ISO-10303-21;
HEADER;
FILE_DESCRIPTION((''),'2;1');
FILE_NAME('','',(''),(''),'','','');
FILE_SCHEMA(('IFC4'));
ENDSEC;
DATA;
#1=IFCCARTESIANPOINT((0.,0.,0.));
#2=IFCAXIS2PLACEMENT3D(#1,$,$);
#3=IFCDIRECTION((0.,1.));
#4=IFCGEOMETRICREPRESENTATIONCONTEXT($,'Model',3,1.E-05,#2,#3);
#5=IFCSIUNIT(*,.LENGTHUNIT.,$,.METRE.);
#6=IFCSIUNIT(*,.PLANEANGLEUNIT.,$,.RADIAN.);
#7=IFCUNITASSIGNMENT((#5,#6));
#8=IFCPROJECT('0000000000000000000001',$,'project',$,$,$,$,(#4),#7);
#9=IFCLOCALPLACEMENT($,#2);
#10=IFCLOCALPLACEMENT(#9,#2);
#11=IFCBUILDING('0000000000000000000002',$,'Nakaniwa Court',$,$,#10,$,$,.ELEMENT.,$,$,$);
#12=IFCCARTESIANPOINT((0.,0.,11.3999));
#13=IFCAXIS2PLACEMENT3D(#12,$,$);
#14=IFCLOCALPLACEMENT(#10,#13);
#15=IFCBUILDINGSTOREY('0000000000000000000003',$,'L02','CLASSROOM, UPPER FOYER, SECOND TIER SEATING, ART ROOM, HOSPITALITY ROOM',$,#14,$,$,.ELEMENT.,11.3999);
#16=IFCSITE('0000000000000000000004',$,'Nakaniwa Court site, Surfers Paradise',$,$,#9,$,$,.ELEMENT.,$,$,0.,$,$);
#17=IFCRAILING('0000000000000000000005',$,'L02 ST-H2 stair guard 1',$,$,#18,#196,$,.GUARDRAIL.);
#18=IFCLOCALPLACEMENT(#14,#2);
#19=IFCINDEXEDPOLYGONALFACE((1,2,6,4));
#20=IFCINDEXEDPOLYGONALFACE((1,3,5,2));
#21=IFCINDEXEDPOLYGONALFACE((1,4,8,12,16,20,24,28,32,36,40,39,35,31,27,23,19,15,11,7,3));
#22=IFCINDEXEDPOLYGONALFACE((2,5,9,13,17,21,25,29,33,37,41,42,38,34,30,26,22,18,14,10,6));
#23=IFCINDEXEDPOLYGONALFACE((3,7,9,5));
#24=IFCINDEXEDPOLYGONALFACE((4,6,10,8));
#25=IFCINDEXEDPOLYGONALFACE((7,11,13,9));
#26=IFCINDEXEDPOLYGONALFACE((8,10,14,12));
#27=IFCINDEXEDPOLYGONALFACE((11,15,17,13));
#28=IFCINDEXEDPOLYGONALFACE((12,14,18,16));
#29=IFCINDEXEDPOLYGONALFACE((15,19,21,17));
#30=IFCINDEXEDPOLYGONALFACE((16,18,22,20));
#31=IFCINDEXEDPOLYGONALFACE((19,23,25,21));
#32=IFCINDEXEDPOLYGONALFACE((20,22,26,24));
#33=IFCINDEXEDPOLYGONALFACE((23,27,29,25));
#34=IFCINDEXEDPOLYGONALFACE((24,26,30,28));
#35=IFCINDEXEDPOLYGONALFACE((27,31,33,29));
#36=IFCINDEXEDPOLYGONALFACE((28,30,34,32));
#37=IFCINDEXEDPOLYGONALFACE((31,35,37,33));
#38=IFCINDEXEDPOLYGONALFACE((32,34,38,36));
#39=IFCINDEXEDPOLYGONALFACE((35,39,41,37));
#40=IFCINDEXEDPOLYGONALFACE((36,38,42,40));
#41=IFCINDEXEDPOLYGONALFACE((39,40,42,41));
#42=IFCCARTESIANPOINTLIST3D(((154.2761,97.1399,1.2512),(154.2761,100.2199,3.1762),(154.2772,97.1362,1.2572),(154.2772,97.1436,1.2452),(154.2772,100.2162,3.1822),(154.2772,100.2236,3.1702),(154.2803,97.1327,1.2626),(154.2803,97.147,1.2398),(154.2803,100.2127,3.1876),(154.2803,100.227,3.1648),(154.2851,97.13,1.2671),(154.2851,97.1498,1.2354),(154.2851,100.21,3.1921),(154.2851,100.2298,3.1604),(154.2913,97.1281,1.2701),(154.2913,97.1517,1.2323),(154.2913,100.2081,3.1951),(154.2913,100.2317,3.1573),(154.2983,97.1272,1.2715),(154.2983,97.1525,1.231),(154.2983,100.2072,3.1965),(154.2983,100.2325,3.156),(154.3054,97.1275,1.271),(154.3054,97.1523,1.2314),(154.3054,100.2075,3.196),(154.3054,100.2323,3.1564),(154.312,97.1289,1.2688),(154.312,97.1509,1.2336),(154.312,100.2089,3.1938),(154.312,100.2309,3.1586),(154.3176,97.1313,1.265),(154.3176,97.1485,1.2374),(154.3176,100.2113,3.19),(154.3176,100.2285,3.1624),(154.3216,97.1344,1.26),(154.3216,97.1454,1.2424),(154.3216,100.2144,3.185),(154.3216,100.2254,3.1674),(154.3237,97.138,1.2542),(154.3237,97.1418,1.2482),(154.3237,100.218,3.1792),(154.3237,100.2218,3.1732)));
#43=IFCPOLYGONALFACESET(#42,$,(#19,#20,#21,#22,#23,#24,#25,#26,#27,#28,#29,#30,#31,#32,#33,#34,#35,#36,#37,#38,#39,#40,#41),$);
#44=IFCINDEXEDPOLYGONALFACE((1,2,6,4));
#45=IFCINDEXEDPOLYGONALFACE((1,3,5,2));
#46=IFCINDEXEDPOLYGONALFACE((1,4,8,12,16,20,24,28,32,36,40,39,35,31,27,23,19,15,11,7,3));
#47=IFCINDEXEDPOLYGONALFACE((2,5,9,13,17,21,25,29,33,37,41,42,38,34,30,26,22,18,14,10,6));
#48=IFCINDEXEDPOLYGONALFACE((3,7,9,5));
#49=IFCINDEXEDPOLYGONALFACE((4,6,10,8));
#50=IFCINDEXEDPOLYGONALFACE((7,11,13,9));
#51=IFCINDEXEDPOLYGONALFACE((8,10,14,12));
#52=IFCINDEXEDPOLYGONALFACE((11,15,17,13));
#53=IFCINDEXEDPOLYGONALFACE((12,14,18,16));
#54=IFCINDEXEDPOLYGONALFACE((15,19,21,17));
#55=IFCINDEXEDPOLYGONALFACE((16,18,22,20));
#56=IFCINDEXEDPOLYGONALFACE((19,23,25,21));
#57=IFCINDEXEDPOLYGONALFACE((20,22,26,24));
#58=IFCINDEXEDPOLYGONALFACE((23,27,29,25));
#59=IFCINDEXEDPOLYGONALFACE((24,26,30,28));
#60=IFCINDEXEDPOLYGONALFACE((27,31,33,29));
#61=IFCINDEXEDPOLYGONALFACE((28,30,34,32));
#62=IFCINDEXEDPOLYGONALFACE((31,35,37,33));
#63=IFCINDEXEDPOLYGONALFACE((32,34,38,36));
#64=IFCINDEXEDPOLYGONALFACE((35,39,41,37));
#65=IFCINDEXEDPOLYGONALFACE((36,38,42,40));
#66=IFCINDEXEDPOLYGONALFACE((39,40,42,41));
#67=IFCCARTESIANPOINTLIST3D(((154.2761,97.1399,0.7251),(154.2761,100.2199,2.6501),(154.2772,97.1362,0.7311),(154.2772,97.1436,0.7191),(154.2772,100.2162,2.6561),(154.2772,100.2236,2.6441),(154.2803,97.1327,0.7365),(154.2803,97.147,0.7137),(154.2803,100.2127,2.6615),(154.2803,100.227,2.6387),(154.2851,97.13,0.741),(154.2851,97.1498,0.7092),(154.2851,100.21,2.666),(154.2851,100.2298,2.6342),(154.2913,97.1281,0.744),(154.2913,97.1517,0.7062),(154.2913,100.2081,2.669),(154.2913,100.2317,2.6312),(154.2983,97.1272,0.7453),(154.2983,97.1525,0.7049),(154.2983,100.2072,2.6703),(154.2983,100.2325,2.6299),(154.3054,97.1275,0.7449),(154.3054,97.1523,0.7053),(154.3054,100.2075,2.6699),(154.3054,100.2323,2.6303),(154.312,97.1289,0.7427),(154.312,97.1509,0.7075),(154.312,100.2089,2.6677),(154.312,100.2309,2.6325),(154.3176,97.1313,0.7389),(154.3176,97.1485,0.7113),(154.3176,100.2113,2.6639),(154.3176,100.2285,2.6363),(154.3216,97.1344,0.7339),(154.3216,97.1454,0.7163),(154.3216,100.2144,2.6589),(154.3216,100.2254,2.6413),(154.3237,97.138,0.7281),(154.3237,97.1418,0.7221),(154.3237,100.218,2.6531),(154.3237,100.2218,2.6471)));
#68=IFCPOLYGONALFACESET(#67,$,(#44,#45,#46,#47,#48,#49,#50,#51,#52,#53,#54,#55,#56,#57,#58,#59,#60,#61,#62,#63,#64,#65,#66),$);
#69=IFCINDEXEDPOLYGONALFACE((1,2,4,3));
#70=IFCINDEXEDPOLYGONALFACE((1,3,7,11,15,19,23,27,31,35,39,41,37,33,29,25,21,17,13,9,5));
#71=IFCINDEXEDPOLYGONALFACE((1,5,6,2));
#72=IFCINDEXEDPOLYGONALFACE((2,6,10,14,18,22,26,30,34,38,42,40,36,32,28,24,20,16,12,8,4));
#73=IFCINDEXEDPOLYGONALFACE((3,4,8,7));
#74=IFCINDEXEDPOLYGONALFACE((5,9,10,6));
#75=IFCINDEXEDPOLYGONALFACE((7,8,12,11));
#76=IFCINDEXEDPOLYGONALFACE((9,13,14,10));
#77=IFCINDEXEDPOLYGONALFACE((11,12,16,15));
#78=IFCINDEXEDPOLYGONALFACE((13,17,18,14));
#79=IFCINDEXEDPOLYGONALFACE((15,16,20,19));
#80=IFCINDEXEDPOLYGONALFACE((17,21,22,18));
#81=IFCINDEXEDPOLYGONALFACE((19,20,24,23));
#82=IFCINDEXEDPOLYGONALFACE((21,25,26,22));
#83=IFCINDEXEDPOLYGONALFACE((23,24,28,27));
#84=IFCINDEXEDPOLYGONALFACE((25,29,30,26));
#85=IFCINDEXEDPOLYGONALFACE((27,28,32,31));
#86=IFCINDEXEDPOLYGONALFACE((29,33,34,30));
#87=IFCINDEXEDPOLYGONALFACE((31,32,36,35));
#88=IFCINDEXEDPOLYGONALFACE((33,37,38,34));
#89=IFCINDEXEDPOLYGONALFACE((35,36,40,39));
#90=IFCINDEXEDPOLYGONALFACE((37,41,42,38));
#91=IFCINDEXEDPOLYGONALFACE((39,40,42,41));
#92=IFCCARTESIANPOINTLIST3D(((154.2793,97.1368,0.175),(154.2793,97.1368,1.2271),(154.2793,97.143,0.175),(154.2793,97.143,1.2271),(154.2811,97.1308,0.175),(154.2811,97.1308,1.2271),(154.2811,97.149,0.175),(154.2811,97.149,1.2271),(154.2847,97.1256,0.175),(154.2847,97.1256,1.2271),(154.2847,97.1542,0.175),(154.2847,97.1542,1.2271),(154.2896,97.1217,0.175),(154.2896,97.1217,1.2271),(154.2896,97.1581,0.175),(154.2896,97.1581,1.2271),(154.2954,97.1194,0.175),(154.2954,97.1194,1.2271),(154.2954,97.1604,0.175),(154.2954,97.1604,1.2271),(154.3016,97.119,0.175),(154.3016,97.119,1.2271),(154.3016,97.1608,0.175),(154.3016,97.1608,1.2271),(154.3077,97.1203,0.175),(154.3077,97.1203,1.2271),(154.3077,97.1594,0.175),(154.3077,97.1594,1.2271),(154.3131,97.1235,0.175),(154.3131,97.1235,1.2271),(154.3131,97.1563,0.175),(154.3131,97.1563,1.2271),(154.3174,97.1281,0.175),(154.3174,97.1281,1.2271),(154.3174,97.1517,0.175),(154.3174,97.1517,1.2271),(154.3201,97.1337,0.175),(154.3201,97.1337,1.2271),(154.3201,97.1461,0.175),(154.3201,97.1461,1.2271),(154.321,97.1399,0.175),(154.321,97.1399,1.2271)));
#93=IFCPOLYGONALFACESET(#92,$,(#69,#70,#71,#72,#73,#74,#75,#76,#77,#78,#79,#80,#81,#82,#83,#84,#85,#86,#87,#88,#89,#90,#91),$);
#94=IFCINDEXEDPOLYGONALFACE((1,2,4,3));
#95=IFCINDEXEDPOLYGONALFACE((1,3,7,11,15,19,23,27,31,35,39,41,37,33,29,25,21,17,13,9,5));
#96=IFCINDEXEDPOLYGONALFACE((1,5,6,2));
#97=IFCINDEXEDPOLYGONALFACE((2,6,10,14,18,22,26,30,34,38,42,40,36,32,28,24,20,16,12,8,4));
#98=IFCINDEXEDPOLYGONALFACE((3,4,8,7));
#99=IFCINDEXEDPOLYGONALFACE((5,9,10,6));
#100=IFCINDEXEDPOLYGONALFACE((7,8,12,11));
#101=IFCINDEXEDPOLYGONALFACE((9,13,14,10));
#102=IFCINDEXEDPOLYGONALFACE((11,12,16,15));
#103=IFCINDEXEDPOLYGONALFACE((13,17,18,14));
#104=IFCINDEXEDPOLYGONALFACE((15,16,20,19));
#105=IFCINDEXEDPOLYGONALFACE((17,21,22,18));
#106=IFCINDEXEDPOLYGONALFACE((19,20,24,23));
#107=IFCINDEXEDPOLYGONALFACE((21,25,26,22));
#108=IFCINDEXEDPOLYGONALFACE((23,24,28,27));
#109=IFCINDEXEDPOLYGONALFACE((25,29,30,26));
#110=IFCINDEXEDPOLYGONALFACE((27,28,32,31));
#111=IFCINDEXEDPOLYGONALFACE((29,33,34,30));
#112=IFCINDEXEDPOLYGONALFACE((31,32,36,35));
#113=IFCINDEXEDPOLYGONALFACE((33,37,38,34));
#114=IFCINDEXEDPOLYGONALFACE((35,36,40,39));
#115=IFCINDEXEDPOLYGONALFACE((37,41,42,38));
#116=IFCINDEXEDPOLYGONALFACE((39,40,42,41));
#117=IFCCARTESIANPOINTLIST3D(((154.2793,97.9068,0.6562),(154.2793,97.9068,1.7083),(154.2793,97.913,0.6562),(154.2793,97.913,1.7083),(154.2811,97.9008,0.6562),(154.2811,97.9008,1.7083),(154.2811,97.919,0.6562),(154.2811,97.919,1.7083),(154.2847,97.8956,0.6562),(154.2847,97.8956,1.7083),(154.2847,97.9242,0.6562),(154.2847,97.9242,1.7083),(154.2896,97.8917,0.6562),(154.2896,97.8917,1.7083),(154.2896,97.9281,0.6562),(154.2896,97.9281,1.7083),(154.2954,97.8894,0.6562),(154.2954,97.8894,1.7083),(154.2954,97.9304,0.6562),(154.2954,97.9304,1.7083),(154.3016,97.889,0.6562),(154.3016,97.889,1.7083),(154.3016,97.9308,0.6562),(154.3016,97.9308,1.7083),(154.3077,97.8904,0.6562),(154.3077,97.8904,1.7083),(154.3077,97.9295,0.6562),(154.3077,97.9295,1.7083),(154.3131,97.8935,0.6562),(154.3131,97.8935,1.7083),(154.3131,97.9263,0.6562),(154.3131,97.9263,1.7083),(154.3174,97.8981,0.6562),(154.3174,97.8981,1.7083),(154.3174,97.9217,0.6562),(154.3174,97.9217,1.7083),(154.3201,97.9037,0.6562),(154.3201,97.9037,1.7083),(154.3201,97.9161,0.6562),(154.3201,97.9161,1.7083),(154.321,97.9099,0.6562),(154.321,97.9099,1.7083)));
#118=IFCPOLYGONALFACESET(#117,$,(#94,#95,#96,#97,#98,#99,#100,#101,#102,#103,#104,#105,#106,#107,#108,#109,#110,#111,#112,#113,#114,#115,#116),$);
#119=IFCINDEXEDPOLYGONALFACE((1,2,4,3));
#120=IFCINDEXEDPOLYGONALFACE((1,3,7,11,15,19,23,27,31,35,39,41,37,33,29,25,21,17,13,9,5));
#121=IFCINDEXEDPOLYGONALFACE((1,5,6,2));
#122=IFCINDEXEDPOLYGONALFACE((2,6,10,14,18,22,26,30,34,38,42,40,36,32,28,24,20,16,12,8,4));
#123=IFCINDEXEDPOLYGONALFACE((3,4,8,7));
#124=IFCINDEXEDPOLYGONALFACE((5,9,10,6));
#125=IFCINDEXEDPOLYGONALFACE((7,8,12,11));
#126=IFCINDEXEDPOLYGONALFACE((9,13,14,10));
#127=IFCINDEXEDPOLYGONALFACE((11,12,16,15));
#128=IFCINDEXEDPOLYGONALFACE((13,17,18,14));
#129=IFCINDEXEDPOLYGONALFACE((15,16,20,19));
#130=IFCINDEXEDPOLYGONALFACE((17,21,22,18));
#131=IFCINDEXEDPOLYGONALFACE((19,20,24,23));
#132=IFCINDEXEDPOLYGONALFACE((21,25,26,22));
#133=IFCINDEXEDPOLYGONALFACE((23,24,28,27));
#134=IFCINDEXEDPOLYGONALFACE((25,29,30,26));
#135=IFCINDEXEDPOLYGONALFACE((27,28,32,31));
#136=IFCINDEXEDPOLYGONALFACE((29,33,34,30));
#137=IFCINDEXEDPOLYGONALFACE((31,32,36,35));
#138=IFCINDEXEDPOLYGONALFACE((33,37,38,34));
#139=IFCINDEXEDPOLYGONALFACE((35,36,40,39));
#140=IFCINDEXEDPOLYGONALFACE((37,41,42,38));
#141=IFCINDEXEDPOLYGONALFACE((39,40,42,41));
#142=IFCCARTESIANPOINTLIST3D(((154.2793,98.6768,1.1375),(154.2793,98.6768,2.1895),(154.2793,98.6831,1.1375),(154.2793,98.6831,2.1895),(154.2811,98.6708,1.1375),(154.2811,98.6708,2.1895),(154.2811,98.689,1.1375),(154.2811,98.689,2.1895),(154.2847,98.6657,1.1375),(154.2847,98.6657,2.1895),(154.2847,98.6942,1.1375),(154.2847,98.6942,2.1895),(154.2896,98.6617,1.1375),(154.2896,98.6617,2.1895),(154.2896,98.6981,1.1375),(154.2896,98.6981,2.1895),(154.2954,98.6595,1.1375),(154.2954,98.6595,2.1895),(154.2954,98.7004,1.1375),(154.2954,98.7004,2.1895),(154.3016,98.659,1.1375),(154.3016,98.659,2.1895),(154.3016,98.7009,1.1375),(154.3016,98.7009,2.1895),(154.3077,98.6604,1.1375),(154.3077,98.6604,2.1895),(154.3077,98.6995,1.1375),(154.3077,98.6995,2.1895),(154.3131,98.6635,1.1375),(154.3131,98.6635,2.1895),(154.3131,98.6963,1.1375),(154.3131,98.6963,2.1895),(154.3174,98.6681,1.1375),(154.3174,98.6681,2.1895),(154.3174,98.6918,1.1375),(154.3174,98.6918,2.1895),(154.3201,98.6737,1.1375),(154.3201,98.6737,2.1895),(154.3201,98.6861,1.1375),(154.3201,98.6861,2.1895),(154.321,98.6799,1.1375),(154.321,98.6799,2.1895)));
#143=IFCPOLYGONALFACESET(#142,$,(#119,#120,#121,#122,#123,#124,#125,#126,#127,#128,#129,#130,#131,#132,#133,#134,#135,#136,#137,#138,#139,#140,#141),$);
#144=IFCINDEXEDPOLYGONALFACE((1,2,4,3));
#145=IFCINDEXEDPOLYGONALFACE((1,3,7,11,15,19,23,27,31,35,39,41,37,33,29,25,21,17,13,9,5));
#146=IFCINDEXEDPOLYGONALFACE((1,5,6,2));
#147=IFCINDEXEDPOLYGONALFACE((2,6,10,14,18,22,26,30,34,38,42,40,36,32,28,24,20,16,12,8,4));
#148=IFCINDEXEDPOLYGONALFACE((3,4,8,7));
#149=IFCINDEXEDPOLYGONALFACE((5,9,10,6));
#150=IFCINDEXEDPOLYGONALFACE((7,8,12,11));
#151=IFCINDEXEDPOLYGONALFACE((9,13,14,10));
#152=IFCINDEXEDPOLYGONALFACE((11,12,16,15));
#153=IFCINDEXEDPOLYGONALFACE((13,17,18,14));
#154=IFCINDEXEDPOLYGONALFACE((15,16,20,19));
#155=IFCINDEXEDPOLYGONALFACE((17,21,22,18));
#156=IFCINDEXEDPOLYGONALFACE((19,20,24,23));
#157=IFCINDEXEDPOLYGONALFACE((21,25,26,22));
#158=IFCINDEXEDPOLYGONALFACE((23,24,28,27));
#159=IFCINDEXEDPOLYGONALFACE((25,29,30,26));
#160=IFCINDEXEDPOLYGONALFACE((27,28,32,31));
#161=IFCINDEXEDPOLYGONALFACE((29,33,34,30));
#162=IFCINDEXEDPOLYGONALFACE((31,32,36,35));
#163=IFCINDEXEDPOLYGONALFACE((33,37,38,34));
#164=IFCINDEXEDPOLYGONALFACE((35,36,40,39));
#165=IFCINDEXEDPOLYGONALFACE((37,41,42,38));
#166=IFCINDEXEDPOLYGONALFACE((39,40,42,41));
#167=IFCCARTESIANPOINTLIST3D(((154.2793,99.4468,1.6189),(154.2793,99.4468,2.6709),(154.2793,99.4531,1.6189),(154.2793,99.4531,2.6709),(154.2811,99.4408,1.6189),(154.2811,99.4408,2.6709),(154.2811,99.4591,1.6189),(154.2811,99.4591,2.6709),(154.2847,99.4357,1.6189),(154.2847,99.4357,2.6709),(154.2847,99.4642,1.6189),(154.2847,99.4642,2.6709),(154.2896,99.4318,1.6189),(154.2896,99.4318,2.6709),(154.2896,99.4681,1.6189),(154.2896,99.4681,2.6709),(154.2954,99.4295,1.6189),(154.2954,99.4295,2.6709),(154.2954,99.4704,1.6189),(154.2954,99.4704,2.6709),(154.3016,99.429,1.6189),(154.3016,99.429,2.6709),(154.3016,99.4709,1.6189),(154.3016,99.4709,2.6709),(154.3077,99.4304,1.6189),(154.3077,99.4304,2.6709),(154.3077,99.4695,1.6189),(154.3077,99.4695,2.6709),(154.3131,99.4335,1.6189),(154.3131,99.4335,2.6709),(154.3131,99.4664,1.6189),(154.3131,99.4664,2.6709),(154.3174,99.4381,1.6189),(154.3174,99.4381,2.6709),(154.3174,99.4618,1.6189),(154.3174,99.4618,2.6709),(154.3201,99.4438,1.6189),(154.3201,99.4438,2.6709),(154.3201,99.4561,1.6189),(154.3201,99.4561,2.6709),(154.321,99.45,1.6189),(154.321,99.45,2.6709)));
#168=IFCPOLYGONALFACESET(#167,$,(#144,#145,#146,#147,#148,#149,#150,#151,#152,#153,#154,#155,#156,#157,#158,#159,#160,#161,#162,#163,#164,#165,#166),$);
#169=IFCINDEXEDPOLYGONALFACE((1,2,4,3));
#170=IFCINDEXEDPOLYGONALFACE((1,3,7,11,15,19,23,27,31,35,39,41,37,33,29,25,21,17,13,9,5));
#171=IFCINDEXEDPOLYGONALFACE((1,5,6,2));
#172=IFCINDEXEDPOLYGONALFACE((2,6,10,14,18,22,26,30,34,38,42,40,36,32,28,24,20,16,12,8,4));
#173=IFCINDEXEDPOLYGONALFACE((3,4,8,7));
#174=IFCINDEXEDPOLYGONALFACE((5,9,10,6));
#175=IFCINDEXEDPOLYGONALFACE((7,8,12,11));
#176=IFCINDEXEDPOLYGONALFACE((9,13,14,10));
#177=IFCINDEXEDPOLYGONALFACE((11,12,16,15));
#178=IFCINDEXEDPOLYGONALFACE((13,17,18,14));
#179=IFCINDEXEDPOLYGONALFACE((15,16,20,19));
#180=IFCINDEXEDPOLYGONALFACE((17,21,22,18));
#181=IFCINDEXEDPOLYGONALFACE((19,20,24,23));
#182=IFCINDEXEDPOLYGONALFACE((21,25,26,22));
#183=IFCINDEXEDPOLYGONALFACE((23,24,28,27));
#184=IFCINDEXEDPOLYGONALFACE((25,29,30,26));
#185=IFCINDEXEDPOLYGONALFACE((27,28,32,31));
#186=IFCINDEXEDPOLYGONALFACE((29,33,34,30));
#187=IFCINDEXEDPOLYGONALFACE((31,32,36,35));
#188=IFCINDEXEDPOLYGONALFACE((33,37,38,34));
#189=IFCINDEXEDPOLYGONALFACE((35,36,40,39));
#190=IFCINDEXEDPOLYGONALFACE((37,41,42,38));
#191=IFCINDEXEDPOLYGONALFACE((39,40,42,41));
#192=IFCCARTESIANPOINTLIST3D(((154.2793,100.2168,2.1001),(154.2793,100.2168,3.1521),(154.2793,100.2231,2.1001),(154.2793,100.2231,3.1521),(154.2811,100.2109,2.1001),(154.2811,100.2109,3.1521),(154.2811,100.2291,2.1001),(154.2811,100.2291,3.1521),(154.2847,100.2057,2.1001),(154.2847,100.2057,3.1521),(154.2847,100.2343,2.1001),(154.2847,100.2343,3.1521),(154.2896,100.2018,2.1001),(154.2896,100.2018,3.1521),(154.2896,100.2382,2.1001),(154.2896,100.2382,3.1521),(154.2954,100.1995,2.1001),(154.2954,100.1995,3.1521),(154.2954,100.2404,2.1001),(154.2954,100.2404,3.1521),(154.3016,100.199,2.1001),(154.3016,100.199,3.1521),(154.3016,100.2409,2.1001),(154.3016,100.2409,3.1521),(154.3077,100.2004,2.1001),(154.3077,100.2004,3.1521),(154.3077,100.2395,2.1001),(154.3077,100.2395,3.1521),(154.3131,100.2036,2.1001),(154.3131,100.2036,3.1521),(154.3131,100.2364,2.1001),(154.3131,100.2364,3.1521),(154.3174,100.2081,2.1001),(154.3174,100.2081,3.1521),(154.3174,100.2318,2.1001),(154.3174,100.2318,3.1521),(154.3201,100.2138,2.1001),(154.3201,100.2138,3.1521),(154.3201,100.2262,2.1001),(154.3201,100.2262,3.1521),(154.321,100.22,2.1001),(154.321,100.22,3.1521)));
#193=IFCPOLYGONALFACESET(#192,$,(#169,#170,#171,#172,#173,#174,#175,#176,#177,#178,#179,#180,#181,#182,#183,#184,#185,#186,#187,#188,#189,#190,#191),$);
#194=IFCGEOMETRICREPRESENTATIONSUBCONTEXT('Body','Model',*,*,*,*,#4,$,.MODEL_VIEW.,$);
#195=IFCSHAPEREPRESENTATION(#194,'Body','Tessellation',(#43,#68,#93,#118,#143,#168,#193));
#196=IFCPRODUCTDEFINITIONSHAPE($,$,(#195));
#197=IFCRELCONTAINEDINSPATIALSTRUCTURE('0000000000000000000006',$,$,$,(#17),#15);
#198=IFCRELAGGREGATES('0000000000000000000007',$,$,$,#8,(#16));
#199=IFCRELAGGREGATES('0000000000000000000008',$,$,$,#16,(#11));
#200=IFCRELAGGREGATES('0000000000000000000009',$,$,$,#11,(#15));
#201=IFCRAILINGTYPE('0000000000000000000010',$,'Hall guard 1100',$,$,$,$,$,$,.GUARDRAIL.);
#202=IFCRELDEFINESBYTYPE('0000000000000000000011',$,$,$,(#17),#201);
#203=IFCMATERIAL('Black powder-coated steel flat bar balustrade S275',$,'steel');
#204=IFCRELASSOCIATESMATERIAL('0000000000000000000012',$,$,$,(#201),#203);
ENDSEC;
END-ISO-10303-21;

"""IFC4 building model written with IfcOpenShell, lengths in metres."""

from ifc_helpers import new_model, si_unit, direction, frame, origin, origin_2d, place, context, subcontext, project, spatial, circle, extrude, material, type_object, element, save


model = new_model("IFC4")

# Units and contexts
model_context = context("Model", 3, precision=1e-05, world=origin(), true_north=direction((0.0, 1.0)))
body_context = subcontext(model_context, "Body", "Model", "MODEL_VIEW")
ifc_project = project(units=[si_unit("LENGTHUNIT", "METRE"), si_unit("PLANEANGLEUNIT", "RADIAN")], contexts=[model_context])

# Site, building, storey
site_placement = place(None, origin())
site = spatial("IfcSite", under=ifc_project, at=site_placement, Name="Nakaniwa Court site, Surfers Paradise", CompositionType="ELEMENT", RefElevation=0.0)
building_placement = place(site_placement, origin())
building = spatial("IfcBuilding", under=site, at=building_placement, Name="Nakaniwa Court", CompositionType="ELEMENT")
storey_placement = place(building_placement, frame((0.0, 0.0, 11.3999)))
storey = spatial("IfcBuildingStorey", under=building, at=storey_placement, Name="L02", Description="CLASSROOM, UPPER FOYER, SECOND TIER SEATING, ART ROOM, HOSPITALITY ROOM", CompositionType="ELEMENT", Elevation=11.3999)

# Railing
ifc_material_1 = material(Name="Black powder-coated steel flat bar balustrade S275", Category="steel")
railing_type_1 = type_object("IfcRailingType", Name="Hall guard 1100", PredefinedType="GUARDRAIL", material=ifc_material_1)
railing_1_placement = place(storey_placement, frame((154.3, 97.1399, 0.175)))
element("IfcRailing", 1, at=railing_1_placement, inside=storey, type_object=railing_type_1, Name="L02 ST-H2 stair guard 1", PredefinedType="GUARDRAIL", context=body_context, shape_type="SweptSolid", body=[
    extrude(circle(Radius=0.0239, at=origin_2d()), frame((0.0, 0.0, 1.0762), z_axis=(0.0, 0.847998, 0.529999), x_axis=(-1.0, 0.0, 0.0)), (0.0, 0.0, 1.0), 3.6321),
    extrude(circle(Radius=0.0239, at=origin_2d()), frame((0.0, 0.0, 0.55), z_axis=(0.0, 0.847998, 0.529999), x_axis=(-1.0, 0.0, 0.0)), (0.0, 0.0, 1.0), 3.6321),
    extrude(circle(Radius=0.021, at=origin_2d()), origin(), (0.0, 0.0, 1.0), 1.052),
    extrude(circle(Radius=0.021, at=origin_2d()), frame((0.0, 0.77, 0.4812)), (0.0, 0.0, 1.0), 1.052),
    extrude(circle(Radius=0.021, at=origin_2d()), frame((0.0, 1.54, 0.9624)), (0.0, 0.0, 1.0), 1.052),
    extrude(circle(Radius=0.021, at=origin_2d()), frame((0.0, 2.3101, 1.4438)), (0.0, 0.0, 1.0), 1.052),
    extrude(circle(Radius=0.021, at=origin_2d()), frame((0.0, 3.0801, 1.925)), (0.0, 0.0, 1.0), 1.052),
])

save(model, "model.ifc")
